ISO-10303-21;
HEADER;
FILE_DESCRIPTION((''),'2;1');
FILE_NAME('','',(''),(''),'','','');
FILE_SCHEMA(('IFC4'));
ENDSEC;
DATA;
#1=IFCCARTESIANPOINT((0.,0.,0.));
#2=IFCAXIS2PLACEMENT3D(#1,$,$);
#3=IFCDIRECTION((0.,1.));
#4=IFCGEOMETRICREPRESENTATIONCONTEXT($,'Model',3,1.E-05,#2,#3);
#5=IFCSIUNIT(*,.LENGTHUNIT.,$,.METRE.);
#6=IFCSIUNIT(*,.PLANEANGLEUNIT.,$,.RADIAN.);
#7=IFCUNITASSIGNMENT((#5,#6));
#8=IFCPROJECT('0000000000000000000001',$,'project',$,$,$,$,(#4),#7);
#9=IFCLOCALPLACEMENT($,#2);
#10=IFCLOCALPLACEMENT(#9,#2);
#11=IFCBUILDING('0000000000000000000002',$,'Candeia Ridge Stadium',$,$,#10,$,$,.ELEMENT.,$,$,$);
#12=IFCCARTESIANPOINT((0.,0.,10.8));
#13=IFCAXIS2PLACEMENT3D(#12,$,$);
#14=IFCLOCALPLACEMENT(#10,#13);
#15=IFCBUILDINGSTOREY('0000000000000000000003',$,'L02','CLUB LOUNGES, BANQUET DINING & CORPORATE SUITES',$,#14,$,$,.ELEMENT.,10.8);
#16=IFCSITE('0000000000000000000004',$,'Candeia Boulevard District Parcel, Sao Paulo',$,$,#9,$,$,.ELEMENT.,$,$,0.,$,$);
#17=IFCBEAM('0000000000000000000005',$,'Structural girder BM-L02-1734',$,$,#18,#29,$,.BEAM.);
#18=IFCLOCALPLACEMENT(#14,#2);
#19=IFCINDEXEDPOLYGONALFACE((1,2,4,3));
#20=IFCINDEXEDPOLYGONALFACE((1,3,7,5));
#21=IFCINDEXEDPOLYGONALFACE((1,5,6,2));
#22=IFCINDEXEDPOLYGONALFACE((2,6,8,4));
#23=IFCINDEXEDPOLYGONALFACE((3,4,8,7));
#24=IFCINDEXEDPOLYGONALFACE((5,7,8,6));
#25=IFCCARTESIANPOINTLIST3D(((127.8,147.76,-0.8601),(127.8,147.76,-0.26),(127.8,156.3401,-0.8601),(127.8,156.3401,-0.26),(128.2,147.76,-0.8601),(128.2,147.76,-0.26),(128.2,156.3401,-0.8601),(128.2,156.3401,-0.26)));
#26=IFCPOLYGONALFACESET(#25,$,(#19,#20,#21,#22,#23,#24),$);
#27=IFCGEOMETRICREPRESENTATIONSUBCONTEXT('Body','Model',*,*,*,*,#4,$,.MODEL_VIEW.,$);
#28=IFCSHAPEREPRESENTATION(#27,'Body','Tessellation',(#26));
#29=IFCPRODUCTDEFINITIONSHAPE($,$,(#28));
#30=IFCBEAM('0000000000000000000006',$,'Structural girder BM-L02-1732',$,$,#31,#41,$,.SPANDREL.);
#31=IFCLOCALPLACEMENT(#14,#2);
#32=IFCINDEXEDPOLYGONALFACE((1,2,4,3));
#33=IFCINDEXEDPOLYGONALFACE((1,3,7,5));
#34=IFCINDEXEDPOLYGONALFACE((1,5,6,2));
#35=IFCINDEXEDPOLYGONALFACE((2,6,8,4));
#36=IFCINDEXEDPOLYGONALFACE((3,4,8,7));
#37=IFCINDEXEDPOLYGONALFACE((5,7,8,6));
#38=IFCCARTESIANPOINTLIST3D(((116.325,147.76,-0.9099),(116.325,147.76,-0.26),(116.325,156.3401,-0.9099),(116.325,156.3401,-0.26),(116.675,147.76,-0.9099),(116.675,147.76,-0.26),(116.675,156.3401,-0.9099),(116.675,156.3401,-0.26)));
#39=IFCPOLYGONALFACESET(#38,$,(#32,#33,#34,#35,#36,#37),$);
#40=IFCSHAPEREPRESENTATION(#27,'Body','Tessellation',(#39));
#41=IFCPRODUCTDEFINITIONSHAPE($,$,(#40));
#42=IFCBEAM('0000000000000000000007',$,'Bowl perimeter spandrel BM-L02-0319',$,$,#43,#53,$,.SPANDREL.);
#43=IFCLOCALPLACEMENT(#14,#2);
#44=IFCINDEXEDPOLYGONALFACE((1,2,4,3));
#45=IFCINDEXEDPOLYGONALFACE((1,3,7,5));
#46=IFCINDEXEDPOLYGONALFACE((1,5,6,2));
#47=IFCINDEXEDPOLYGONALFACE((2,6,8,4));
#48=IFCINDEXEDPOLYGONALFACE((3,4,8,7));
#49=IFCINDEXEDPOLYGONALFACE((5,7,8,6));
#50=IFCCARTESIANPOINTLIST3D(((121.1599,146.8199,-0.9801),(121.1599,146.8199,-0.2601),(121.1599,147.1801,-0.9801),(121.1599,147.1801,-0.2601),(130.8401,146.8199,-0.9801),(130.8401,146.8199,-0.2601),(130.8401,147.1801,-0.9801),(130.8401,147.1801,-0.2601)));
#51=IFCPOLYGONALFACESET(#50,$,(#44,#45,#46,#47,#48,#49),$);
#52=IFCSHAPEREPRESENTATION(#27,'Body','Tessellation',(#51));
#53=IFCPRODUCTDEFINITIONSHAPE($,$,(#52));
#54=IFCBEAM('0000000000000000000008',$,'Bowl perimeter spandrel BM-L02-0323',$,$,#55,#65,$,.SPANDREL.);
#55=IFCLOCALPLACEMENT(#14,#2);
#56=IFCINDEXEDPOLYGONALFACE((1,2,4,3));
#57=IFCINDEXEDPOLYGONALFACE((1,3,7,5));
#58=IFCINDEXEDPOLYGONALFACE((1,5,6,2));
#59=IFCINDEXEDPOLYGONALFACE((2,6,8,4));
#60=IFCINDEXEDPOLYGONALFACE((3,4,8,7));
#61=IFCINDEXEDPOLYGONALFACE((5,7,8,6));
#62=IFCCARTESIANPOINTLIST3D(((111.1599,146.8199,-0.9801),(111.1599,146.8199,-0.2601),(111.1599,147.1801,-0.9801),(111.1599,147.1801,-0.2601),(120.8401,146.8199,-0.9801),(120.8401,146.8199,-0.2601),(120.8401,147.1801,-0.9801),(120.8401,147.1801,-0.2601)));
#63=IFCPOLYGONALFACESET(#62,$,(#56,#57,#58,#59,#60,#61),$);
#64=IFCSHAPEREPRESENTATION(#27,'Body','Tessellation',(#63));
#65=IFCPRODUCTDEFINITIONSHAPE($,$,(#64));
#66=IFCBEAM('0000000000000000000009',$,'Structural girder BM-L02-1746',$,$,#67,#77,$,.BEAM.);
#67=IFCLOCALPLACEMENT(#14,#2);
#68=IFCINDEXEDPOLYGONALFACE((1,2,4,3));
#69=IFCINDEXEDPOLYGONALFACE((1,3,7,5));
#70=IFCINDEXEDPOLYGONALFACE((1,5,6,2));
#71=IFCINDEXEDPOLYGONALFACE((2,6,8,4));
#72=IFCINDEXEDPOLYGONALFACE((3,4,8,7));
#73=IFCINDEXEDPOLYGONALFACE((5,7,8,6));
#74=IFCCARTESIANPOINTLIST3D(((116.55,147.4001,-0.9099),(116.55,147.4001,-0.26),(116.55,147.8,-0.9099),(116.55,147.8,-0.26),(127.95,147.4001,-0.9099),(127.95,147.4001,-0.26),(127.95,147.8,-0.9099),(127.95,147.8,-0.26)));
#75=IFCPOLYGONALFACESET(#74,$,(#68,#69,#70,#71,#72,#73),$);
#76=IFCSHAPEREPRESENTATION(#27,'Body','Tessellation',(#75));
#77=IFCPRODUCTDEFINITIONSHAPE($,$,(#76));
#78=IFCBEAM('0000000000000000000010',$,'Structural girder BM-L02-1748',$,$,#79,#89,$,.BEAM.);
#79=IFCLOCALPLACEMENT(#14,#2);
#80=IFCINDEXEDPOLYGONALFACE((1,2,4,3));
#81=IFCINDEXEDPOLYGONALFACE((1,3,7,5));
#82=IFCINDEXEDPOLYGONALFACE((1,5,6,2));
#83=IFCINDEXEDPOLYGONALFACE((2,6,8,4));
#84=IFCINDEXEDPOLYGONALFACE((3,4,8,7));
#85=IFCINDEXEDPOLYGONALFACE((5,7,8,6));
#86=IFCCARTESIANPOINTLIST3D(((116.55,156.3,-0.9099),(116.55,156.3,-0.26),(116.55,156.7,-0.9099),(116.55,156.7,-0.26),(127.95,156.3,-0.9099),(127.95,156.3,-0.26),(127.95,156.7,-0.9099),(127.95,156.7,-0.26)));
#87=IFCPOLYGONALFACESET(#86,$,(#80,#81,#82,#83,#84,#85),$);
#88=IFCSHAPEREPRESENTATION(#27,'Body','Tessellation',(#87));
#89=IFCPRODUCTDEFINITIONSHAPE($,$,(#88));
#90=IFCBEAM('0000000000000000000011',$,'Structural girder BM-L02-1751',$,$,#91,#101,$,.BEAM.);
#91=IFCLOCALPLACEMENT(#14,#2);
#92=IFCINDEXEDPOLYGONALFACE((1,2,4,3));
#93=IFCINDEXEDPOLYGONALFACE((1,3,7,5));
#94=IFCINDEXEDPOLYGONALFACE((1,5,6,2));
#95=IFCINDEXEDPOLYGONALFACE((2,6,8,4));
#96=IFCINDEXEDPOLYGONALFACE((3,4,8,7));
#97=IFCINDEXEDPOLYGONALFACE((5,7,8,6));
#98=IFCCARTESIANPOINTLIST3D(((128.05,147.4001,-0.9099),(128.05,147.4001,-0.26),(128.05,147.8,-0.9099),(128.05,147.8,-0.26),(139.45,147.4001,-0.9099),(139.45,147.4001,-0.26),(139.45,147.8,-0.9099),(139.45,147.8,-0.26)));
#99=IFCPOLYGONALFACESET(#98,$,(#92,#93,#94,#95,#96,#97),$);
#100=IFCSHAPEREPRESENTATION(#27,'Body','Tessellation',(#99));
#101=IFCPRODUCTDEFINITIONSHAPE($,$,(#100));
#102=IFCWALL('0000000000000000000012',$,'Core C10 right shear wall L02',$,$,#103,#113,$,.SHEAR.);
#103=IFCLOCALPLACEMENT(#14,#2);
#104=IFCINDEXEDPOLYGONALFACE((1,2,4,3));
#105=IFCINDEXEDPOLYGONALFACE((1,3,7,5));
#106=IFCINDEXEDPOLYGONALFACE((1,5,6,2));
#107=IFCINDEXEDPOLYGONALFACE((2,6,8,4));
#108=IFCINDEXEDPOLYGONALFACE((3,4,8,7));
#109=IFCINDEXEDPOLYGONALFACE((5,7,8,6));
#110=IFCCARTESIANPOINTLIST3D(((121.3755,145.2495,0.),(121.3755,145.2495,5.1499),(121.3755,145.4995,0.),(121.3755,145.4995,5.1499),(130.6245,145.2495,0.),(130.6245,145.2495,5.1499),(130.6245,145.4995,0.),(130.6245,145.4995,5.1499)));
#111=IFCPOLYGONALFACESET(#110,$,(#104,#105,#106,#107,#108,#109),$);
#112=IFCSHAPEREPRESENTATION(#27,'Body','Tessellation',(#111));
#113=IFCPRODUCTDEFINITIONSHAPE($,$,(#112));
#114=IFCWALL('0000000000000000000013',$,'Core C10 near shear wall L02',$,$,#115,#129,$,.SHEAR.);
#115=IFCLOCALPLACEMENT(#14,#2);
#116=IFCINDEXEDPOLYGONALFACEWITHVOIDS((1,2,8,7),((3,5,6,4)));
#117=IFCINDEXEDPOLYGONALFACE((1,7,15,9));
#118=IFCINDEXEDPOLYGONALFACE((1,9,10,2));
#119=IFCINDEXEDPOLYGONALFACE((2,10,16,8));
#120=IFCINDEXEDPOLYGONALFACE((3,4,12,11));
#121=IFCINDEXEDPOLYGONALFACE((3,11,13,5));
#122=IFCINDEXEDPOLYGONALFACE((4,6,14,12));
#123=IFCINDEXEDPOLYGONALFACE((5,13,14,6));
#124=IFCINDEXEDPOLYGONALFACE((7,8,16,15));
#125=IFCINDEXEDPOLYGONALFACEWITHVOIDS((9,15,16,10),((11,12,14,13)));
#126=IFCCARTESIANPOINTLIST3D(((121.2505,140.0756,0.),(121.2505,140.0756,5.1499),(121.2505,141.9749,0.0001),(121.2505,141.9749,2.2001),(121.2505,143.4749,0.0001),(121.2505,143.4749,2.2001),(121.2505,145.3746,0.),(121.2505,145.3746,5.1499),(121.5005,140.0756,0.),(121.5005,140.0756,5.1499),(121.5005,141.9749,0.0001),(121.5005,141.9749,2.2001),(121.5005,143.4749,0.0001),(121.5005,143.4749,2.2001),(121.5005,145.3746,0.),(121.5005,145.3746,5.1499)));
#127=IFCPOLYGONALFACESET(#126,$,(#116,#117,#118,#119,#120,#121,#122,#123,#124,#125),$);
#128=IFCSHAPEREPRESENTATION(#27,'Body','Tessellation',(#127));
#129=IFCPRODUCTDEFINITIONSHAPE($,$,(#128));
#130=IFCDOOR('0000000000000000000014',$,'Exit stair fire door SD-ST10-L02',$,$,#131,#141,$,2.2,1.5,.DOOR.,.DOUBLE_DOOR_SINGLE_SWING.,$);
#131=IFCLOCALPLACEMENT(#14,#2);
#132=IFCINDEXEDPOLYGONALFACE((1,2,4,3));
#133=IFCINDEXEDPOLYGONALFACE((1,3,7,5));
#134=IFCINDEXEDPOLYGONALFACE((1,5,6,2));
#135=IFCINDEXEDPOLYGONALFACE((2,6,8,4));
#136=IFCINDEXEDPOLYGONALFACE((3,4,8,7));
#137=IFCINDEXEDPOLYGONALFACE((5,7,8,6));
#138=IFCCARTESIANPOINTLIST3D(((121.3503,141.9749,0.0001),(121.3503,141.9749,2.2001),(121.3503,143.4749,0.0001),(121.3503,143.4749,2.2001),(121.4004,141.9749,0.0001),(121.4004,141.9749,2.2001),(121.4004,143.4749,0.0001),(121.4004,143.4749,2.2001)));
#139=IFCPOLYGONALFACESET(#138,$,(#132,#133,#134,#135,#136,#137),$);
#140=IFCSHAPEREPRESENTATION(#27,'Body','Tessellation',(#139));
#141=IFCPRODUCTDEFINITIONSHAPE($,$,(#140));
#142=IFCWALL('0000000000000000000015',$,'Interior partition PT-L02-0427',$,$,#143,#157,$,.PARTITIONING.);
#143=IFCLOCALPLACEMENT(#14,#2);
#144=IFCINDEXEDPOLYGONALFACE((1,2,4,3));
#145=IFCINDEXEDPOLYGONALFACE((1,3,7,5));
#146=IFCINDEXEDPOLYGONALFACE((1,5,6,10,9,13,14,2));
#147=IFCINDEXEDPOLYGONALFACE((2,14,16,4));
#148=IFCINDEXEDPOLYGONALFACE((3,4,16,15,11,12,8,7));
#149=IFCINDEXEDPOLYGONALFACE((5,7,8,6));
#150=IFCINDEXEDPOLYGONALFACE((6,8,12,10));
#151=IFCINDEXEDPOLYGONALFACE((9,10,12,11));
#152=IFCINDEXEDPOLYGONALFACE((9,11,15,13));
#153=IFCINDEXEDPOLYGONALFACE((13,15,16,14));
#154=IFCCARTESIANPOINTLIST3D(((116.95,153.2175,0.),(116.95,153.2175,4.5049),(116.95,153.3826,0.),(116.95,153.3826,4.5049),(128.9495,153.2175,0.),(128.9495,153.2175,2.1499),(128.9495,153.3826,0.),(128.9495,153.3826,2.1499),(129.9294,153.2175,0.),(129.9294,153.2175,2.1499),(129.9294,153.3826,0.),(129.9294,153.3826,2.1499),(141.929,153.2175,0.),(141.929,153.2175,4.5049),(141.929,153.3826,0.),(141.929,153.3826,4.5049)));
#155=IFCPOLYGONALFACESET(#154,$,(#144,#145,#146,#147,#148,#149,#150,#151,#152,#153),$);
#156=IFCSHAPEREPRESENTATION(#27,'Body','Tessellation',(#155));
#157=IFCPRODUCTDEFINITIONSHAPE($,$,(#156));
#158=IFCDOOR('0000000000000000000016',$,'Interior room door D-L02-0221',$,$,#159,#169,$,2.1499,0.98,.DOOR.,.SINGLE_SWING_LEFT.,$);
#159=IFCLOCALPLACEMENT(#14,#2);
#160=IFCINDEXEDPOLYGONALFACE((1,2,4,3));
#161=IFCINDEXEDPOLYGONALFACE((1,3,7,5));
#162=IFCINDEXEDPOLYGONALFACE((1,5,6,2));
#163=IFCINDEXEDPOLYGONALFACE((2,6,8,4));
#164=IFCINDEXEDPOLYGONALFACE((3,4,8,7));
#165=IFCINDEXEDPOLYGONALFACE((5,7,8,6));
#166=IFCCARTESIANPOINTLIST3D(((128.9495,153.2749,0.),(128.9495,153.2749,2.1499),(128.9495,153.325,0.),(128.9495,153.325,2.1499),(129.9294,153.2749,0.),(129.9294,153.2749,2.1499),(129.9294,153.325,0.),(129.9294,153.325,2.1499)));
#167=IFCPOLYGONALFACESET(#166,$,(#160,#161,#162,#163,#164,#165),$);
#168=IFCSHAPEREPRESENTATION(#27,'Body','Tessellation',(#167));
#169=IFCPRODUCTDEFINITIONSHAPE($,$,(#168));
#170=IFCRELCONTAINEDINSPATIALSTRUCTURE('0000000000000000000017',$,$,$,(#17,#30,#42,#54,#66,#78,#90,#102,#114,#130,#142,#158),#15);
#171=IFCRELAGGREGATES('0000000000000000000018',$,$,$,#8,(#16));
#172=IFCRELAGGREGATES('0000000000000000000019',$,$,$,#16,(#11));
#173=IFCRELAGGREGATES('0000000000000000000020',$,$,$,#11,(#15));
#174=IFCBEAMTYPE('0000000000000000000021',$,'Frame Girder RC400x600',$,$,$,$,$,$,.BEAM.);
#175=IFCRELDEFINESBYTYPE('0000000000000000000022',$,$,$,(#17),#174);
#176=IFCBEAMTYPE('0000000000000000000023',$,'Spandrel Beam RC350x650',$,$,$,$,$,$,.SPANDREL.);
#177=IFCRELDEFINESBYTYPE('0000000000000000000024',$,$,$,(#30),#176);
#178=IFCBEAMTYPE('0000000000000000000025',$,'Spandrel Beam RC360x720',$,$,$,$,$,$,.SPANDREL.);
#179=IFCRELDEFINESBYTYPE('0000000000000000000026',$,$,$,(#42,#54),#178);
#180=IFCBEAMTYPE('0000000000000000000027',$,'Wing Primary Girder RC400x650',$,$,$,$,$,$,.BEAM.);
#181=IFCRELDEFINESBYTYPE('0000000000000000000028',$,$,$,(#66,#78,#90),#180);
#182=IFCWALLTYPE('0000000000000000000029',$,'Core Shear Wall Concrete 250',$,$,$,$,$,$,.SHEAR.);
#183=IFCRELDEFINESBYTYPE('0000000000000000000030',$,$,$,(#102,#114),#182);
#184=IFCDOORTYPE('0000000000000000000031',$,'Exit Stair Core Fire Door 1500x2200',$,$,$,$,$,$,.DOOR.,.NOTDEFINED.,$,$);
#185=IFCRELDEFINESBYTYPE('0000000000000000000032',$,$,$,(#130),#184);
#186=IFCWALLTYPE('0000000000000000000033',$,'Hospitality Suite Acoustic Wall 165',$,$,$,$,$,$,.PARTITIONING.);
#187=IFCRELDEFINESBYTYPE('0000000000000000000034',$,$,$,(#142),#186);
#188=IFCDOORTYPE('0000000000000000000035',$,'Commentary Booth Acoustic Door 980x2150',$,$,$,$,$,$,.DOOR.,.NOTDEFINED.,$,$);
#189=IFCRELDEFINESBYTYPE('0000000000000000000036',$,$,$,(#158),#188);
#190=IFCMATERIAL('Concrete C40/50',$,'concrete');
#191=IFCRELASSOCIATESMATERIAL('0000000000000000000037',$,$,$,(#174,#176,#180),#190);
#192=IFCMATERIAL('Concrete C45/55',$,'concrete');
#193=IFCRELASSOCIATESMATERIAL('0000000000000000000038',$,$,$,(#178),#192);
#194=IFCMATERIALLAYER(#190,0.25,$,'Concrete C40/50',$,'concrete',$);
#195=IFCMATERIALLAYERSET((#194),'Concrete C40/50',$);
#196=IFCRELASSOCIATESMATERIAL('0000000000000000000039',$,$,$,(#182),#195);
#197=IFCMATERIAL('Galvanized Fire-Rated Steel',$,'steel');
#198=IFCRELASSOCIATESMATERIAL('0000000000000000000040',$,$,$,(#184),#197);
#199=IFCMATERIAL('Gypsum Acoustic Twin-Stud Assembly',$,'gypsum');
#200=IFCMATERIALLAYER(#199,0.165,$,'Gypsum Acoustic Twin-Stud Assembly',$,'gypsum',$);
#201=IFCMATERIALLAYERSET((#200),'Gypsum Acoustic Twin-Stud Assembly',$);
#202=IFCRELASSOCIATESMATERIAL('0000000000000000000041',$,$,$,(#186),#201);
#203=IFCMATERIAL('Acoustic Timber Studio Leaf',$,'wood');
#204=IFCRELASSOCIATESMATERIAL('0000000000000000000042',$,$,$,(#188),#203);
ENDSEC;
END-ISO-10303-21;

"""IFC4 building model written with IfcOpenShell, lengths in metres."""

from ifc_helpers import new_model, si_unit, direction, frame, frame_2d, origin, origin_2d, place, context, subcontext, project, spatial, rectangle, extrude, material, layer, layer_set, material_profile, profile_set, type_object, element, fill, save


model = new_model("IFC4")

# Units and contexts
model_context = context("Model", 3, precision=1e-05, world=origin(), true_north=direction((0.0, 1.0)))
body_context = subcontext(model_context, "Body", "Model", "MODEL_VIEW")
ifc_project = project(units=[si_unit("LENGTHUNIT", "METRE"), si_unit("PLANEANGLEUNIT", "RADIAN")], contexts=[model_context])

# Site, building, storey
site_placement = place(None, origin())
site = spatial("IfcSite", under=ifc_project, at=site_placement, Name="Candeia Boulevard District Parcel, Sao Paulo", CompositionType="ELEMENT", RefElevation=0.0)
building_placement = place(site_placement, origin())
building = spatial("IfcBuilding", under=site, at=building_placement, Name="Candeia Ridge Stadium", CompositionType="ELEMENT")
storey_placement = place(building_placement, frame((0.0, 0.0, 10.8)))
storey = spatial("IfcBuildingStorey", under=building, at=storey_placement, Name="L02", Description="CLUB LOUNGES, BANQUET DINING & CORPORATE SUITES", CompositionType="ELEMENT", Elevation=10.8)

# Shared definitions
ifc_material_1 = material(Name="Concrete C45/55", Category="concrete")
ifc_material_2 = material(Name="Concrete C40/50", Category="concrete")

# Beams
ifc_material_profile_1 = material_profile(ifc_material_2, rectangle(XDim=0.3999, YDim=0.6001, at=origin_2d()), Name="RC400x600", Category="concrete")
ifc_profile_set_1 = profile_set([ifc_material_profile_1], Name="Concrete C40/50")
beam_type_1 = type_object("IfcBeamType", Name="Frame Girder RC400x600", PredefinedType="BEAM", material=ifc_profile_set_1)
beam_1_placement = place(storey_placement, frame((128.0, 147.76, -0.5601), z_axis=(0.0, 1.0, 0.0), x_axis=(-1.0, 0.0, 0.0)))
element("IfcBeam", 1, at=beam_1_placement, inside=storey, type_object=beam_type_1, Name="Structural girder BM-L02-1734", PredefinedType="BEAM", context=body_context, shape_type="SweptSolid", body=[
    extrude(rectangle(XDim=0.3999, YDim=0.6001, at=origin_2d()), origin(), (0.0, 0.0, 1.0), 8.5801),
])
ifc_material_profile_2 = material_profile(ifc_material_2, rectangle(XDim=0.3501, YDim=0.6499, at=origin_2d()), Name="RC350x650", Category="concrete")
ifc_profile_set_2 = profile_set([ifc_material_profile_2], Name="Concrete C40/50")
beam_type_2 = type_object("IfcBeamType", Name="Spandrel Beam RC350x650", PredefinedType="SPANDREL", material=ifc_profile_set_2)
beam_2_placement = place(storey_placement, frame((116.5, 147.76, -0.585), z_axis=(0.0, 1.0, 0.0), x_axis=(-1.0, 0.0, 0.0)))
element("IfcBeam", 2, at=beam_2_placement, inside=storey, type_object=beam_type_2, Name="Structural girder BM-L02-1732", PredefinedType="SPANDREL", context=body_context, shape_type="SweptSolid", body=[
    extrude(rectangle(XDim=0.3501, YDim=0.6499, at=origin_2d()), origin(), (0.0, 0.0, 1.0), 8.5801),
])
ifc_material_profile_3 = material_profile(ifc_material_1, rectangle(XDim=0.3601, YDim=0.72, at=origin_2d()), Name="RC360x720", Category="concrete")
ifc_profile_set_3 = profile_set([ifc_material_profile_3], Name="Concrete C45/55")
beam_type_3 = type_object("IfcBeamType", Name="Spandrel Beam RC360x720", PredefinedType="SPANDREL", material=ifc_profile_set_3)
for number, where, z_axis, x_axis, name in (
    (3, (130.8401, 147.0, -0.6201), (-1.0, 0.0, 0.0), (0.0, -1.0, 0.0), "Bowl perimeter spandrel BM-L02-0319"),
    (4, (120.8401, 147.0, -0.6201), (-1.0, 0.0, 0.0), (0.0, -1.0, 0.0), "Bowl perimeter spandrel BM-L02-0323"),
):
    element("IfcBeam", number, at=place(storey_placement, frame(where, z_axis=z_axis, x_axis=x_axis)), inside=storey, type_object=beam_type_3, Name=name, PredefinedType="SPANDREL", context=body_context, shape_type="SweptSolid", body=[
        extrude(rectangle(XDim=0.3601, YDim=0.72, at=origin_2d()), origin(), (0.0, 0.0, 1.0), 9.6802),
    ])
ifc_material_profile_4 = material_profile(ifc_material_2, rectangle(XDim=0.3999, YDim=0.6499, at=origin_2d()), Name="RC400x650", Category="concrete")
ifc_profile_set_4 = profile_set([ifc_material_profile_4], Name="Concrete C40/50")
beam_type_4 = type_object("IfcBeamType", Name="Wing Primary Girder RC400x650", PredefinedType="BEAM", material=ifc_profile_set_4)
for number, where, z_axis, x_axis, name in (
    (5, (116.55, 147.6001, -0.585), (1.0, 0.0, 0.0), (0.0, 1.0, 0.0), "Structural girder BM-L02-1746"),
    (6, (116.55, 156.5, -0.585), (1.0, 0.0, 0.0), (0.0, 1.0, 0.0), "Structural girder BM-L02-1748"),
    (7, (128.05, 147.6001, -0.585), (1.0, 0.0, 0.0), (0.0, 1.0, 0.0), "Structural girder BM-L02-1751"),
):
    element("IfcBeam", number, at=place(storey_placement, frame(where, z_axis=z_axis, x_axis=x_axis)), inside=storey, type_object=beam_type_4, Name=name, PredefinedType="BEAM", context=body_context, shape_type="SweptSolid", body=[
        extrude(rectangle(XDim=0.3999, YDim=0.6499, at=origin_2d()), origin(), (0.0, 0.0, 1.0), 11.3999),
    ])

# Wall
ifc_layer_1 = layer(ifc_material_2, 0.25, Name="Concrete C40/50", Category="concrete")
ifc_layer_set_1 = layer_set([ifc_layer_1], Name="Concrete C40/50")
wall_type_1 = type_object("IfcWallType", Name="Core Shear Wall Concrete 250", PredefinedType="SHEAR", material=ifc_layer_set_1)
wall_1_placement = place(storey_placement, frame((130.6245, 145.3745, 0.0), z_axis=(0.0, 0.0, 1.0), x_axis=(-1.0, 0.0, 0.0)))
element("IfcWall", 8, at=wall_1_placement, inside=storey, type_object=wall_type_1, Name="Core C10 right shear wall L02", PredefinedType="SHEAR", context=body_context, shape_type="SweptSolid", body=[
    extrude(rectangle(XDim=9.249, YDim=0.25, at=frame_2d((4.6245, 0.0))), origin(), (0.0, 0.0, 1.0), 5.1499),
])

# Walls, openings, doors
wall_2_placement = place(storey_placement, frame((121.3755, 145.3745, 0.0), z_axis=(0.0, 0.0, 1.0), x_axis=(0.0, -1.0, 0.0)))
wall_2 = element("IfcWall", 9, at=wall_2_placement, inside=storey, type_object=wall_type_1, Name="Core C10 near shear wall L02", PredefinedType="SHEAR", context=body_context, shape_type="SweptSolid", body=[
    extrude(rectangle(XDim=5.2991, YDim=0.25, at=frame_2d((2.6494, 0.0))), origin(), (0.0, 0.0, 1.0), 5.1499),
])
opening_1_placement = place(wall_2_placement, frame((1.8997, 0.0, 0.0)))
opening_1 = element("IfcOpeningElement", 10, at=opening_1_placement, cuts=wall_2, PredefinedType="OPENING", context=body_context, shape_type="SweptSolid", body=[
    extrude(rectangle(XDim=1.5, YDim=2.2, at=frame_2d((0.75, 1.1001))), frame((0.0, 0.135, 0.0), z_axis=(0.0, -1.0, 0.0), x_axis=(1.0, 0.0, 0.0)), (0.0, 0.0, 1.0), 0.27),
])
ifc_material_3 = material(Name="Galvanized Fire-Rated Steel", Category="steel")
door_type_1 = type_object("IfcDoorType", Name="Exit Stair Core Fire Door 1500x2200", OperationType="NOTDEFINED", PredefinedType="DOOR", material=ifc_material_3)
door_1_placement = place(opening_1_placement, origin())
door_1 = element("IfcDoor", 11, at=door_1_placement, inside=storey, type_object=door_type_1, Name="Exit stair fire door SD-ST10-L02", OperationType="DOUBLE_DOOR_SINGLE_SWING", OverallHeight=2.2, OverallWidth=1.5, PredefinedType="DOOR", context=body_context, shape_type="SweptSolid", body=[
    extrude(rectangle(XDim=1.5, YDim=2.2, at=frame_2d((0.75, 1.1001))), frame((0.0, 0.0249, 0.0), z_axis=(0.0, -1.0, 0.0), x_axis=(1.0, 0.0, 0.0)), (0.0, 0.0, 1.0), 0.05),
])
fill(opening_1, door_1)
ifc_material_4 = material(Name="Gypsum Acoustic Twin-Stud Assembly", Category="gypsum")
ifc_layer_2 = layer(ifc_material_4, 0.165, Name="Gypsum Acoustic Twin-Stud Assembly", Category="gypsum")
ifc_layer_set_2 = layer_set([ifc_layer_2], Name="Gypsum Acoustic Twin-Stud Assembly")
wall_type_2 = type_object("IfcWallType", Name="Hospitality Suite Acoustic Wall 165", PredefinedType="PARTITIONING", material=ifc_layer_set_2)
wall_3_placement = place(storey_placement, frame((116.95, 153.3, 0.0), z_axis=(0.0, 0.0, 1.0), x_axis=(1.0, 0.0, 0.0)))
wall_3 = element("IfcWall", 12, at=wall_3_placement, inside=storey, type_object=wall_type_2, Name="Interior partition PT-L02-0427", PredefinedType="PARTITIONING", context=body_context, shape_type="SweptSolid", body=[
    extrude(rectangle(XDim=24.979, YDim=0.165, at=frame_2d((12.4895, 0.0))), origin(), (0.0, 0.0, 1.0), 4.5049),
])
opening_2_placement = place(wall_3_placement, frame((11.9995, 0.0, 0.0)))
opening_2 = element("IfcOpeningElement", 13, at=opening_2_placement, cuts=wall_3, PredefinedType="OPENING", context=body_context, shape_type="SweptSolid", body=[
    extrude(rectangle(XDim=0.98, YDim=2.1499, at=frame_2d((0.49, 1.075))), frame((0.0, 0.0925, 0.0), z_axis=(0.0, -1.0, 0.0), x_axis=(1.0, 0.0, 0.0)), (0.0, 0.0, 1.0), 0.1851),
])
ifc_material_5 = material(Name="Acoustic Timber Studio Leaf", Category="wood")
door_type_2 = type_object("IfcDoorType", Name="Commentary Booth Acoustic Door 980x2150", OperationType="NOTDEFINED", PredefinedType="DOOR", material=ifc_material_5)
door_2_placement = place(opening_2_placement, origin())
door_2 = element("IfcDoor", 14, at=door_2_placement, inside=storey, type_object=door_type_2, Name="Interior room door D-L02-0221", OperationType="SINGLE_SWING_LEFT", OverallHeight=2.1499, OverallWidth=0.98, PredefinedType="DOOR", context=body_context, shape_type="SweptSolid", body=[
    extrude(rectangle(XDim=0.98, YDim=2.1499, at=frame_2d((0.49, 1.075))), frame((0.0, 0.0249, 0.0), z_axis=(0.0, -1.0, 0.0), x_axis=(1.0, 0.0, 0.0)), (0.0, 0.0, 1.0), 0.05),
])
fill(opening_2, door_2)

save(model, "model.ifc")
